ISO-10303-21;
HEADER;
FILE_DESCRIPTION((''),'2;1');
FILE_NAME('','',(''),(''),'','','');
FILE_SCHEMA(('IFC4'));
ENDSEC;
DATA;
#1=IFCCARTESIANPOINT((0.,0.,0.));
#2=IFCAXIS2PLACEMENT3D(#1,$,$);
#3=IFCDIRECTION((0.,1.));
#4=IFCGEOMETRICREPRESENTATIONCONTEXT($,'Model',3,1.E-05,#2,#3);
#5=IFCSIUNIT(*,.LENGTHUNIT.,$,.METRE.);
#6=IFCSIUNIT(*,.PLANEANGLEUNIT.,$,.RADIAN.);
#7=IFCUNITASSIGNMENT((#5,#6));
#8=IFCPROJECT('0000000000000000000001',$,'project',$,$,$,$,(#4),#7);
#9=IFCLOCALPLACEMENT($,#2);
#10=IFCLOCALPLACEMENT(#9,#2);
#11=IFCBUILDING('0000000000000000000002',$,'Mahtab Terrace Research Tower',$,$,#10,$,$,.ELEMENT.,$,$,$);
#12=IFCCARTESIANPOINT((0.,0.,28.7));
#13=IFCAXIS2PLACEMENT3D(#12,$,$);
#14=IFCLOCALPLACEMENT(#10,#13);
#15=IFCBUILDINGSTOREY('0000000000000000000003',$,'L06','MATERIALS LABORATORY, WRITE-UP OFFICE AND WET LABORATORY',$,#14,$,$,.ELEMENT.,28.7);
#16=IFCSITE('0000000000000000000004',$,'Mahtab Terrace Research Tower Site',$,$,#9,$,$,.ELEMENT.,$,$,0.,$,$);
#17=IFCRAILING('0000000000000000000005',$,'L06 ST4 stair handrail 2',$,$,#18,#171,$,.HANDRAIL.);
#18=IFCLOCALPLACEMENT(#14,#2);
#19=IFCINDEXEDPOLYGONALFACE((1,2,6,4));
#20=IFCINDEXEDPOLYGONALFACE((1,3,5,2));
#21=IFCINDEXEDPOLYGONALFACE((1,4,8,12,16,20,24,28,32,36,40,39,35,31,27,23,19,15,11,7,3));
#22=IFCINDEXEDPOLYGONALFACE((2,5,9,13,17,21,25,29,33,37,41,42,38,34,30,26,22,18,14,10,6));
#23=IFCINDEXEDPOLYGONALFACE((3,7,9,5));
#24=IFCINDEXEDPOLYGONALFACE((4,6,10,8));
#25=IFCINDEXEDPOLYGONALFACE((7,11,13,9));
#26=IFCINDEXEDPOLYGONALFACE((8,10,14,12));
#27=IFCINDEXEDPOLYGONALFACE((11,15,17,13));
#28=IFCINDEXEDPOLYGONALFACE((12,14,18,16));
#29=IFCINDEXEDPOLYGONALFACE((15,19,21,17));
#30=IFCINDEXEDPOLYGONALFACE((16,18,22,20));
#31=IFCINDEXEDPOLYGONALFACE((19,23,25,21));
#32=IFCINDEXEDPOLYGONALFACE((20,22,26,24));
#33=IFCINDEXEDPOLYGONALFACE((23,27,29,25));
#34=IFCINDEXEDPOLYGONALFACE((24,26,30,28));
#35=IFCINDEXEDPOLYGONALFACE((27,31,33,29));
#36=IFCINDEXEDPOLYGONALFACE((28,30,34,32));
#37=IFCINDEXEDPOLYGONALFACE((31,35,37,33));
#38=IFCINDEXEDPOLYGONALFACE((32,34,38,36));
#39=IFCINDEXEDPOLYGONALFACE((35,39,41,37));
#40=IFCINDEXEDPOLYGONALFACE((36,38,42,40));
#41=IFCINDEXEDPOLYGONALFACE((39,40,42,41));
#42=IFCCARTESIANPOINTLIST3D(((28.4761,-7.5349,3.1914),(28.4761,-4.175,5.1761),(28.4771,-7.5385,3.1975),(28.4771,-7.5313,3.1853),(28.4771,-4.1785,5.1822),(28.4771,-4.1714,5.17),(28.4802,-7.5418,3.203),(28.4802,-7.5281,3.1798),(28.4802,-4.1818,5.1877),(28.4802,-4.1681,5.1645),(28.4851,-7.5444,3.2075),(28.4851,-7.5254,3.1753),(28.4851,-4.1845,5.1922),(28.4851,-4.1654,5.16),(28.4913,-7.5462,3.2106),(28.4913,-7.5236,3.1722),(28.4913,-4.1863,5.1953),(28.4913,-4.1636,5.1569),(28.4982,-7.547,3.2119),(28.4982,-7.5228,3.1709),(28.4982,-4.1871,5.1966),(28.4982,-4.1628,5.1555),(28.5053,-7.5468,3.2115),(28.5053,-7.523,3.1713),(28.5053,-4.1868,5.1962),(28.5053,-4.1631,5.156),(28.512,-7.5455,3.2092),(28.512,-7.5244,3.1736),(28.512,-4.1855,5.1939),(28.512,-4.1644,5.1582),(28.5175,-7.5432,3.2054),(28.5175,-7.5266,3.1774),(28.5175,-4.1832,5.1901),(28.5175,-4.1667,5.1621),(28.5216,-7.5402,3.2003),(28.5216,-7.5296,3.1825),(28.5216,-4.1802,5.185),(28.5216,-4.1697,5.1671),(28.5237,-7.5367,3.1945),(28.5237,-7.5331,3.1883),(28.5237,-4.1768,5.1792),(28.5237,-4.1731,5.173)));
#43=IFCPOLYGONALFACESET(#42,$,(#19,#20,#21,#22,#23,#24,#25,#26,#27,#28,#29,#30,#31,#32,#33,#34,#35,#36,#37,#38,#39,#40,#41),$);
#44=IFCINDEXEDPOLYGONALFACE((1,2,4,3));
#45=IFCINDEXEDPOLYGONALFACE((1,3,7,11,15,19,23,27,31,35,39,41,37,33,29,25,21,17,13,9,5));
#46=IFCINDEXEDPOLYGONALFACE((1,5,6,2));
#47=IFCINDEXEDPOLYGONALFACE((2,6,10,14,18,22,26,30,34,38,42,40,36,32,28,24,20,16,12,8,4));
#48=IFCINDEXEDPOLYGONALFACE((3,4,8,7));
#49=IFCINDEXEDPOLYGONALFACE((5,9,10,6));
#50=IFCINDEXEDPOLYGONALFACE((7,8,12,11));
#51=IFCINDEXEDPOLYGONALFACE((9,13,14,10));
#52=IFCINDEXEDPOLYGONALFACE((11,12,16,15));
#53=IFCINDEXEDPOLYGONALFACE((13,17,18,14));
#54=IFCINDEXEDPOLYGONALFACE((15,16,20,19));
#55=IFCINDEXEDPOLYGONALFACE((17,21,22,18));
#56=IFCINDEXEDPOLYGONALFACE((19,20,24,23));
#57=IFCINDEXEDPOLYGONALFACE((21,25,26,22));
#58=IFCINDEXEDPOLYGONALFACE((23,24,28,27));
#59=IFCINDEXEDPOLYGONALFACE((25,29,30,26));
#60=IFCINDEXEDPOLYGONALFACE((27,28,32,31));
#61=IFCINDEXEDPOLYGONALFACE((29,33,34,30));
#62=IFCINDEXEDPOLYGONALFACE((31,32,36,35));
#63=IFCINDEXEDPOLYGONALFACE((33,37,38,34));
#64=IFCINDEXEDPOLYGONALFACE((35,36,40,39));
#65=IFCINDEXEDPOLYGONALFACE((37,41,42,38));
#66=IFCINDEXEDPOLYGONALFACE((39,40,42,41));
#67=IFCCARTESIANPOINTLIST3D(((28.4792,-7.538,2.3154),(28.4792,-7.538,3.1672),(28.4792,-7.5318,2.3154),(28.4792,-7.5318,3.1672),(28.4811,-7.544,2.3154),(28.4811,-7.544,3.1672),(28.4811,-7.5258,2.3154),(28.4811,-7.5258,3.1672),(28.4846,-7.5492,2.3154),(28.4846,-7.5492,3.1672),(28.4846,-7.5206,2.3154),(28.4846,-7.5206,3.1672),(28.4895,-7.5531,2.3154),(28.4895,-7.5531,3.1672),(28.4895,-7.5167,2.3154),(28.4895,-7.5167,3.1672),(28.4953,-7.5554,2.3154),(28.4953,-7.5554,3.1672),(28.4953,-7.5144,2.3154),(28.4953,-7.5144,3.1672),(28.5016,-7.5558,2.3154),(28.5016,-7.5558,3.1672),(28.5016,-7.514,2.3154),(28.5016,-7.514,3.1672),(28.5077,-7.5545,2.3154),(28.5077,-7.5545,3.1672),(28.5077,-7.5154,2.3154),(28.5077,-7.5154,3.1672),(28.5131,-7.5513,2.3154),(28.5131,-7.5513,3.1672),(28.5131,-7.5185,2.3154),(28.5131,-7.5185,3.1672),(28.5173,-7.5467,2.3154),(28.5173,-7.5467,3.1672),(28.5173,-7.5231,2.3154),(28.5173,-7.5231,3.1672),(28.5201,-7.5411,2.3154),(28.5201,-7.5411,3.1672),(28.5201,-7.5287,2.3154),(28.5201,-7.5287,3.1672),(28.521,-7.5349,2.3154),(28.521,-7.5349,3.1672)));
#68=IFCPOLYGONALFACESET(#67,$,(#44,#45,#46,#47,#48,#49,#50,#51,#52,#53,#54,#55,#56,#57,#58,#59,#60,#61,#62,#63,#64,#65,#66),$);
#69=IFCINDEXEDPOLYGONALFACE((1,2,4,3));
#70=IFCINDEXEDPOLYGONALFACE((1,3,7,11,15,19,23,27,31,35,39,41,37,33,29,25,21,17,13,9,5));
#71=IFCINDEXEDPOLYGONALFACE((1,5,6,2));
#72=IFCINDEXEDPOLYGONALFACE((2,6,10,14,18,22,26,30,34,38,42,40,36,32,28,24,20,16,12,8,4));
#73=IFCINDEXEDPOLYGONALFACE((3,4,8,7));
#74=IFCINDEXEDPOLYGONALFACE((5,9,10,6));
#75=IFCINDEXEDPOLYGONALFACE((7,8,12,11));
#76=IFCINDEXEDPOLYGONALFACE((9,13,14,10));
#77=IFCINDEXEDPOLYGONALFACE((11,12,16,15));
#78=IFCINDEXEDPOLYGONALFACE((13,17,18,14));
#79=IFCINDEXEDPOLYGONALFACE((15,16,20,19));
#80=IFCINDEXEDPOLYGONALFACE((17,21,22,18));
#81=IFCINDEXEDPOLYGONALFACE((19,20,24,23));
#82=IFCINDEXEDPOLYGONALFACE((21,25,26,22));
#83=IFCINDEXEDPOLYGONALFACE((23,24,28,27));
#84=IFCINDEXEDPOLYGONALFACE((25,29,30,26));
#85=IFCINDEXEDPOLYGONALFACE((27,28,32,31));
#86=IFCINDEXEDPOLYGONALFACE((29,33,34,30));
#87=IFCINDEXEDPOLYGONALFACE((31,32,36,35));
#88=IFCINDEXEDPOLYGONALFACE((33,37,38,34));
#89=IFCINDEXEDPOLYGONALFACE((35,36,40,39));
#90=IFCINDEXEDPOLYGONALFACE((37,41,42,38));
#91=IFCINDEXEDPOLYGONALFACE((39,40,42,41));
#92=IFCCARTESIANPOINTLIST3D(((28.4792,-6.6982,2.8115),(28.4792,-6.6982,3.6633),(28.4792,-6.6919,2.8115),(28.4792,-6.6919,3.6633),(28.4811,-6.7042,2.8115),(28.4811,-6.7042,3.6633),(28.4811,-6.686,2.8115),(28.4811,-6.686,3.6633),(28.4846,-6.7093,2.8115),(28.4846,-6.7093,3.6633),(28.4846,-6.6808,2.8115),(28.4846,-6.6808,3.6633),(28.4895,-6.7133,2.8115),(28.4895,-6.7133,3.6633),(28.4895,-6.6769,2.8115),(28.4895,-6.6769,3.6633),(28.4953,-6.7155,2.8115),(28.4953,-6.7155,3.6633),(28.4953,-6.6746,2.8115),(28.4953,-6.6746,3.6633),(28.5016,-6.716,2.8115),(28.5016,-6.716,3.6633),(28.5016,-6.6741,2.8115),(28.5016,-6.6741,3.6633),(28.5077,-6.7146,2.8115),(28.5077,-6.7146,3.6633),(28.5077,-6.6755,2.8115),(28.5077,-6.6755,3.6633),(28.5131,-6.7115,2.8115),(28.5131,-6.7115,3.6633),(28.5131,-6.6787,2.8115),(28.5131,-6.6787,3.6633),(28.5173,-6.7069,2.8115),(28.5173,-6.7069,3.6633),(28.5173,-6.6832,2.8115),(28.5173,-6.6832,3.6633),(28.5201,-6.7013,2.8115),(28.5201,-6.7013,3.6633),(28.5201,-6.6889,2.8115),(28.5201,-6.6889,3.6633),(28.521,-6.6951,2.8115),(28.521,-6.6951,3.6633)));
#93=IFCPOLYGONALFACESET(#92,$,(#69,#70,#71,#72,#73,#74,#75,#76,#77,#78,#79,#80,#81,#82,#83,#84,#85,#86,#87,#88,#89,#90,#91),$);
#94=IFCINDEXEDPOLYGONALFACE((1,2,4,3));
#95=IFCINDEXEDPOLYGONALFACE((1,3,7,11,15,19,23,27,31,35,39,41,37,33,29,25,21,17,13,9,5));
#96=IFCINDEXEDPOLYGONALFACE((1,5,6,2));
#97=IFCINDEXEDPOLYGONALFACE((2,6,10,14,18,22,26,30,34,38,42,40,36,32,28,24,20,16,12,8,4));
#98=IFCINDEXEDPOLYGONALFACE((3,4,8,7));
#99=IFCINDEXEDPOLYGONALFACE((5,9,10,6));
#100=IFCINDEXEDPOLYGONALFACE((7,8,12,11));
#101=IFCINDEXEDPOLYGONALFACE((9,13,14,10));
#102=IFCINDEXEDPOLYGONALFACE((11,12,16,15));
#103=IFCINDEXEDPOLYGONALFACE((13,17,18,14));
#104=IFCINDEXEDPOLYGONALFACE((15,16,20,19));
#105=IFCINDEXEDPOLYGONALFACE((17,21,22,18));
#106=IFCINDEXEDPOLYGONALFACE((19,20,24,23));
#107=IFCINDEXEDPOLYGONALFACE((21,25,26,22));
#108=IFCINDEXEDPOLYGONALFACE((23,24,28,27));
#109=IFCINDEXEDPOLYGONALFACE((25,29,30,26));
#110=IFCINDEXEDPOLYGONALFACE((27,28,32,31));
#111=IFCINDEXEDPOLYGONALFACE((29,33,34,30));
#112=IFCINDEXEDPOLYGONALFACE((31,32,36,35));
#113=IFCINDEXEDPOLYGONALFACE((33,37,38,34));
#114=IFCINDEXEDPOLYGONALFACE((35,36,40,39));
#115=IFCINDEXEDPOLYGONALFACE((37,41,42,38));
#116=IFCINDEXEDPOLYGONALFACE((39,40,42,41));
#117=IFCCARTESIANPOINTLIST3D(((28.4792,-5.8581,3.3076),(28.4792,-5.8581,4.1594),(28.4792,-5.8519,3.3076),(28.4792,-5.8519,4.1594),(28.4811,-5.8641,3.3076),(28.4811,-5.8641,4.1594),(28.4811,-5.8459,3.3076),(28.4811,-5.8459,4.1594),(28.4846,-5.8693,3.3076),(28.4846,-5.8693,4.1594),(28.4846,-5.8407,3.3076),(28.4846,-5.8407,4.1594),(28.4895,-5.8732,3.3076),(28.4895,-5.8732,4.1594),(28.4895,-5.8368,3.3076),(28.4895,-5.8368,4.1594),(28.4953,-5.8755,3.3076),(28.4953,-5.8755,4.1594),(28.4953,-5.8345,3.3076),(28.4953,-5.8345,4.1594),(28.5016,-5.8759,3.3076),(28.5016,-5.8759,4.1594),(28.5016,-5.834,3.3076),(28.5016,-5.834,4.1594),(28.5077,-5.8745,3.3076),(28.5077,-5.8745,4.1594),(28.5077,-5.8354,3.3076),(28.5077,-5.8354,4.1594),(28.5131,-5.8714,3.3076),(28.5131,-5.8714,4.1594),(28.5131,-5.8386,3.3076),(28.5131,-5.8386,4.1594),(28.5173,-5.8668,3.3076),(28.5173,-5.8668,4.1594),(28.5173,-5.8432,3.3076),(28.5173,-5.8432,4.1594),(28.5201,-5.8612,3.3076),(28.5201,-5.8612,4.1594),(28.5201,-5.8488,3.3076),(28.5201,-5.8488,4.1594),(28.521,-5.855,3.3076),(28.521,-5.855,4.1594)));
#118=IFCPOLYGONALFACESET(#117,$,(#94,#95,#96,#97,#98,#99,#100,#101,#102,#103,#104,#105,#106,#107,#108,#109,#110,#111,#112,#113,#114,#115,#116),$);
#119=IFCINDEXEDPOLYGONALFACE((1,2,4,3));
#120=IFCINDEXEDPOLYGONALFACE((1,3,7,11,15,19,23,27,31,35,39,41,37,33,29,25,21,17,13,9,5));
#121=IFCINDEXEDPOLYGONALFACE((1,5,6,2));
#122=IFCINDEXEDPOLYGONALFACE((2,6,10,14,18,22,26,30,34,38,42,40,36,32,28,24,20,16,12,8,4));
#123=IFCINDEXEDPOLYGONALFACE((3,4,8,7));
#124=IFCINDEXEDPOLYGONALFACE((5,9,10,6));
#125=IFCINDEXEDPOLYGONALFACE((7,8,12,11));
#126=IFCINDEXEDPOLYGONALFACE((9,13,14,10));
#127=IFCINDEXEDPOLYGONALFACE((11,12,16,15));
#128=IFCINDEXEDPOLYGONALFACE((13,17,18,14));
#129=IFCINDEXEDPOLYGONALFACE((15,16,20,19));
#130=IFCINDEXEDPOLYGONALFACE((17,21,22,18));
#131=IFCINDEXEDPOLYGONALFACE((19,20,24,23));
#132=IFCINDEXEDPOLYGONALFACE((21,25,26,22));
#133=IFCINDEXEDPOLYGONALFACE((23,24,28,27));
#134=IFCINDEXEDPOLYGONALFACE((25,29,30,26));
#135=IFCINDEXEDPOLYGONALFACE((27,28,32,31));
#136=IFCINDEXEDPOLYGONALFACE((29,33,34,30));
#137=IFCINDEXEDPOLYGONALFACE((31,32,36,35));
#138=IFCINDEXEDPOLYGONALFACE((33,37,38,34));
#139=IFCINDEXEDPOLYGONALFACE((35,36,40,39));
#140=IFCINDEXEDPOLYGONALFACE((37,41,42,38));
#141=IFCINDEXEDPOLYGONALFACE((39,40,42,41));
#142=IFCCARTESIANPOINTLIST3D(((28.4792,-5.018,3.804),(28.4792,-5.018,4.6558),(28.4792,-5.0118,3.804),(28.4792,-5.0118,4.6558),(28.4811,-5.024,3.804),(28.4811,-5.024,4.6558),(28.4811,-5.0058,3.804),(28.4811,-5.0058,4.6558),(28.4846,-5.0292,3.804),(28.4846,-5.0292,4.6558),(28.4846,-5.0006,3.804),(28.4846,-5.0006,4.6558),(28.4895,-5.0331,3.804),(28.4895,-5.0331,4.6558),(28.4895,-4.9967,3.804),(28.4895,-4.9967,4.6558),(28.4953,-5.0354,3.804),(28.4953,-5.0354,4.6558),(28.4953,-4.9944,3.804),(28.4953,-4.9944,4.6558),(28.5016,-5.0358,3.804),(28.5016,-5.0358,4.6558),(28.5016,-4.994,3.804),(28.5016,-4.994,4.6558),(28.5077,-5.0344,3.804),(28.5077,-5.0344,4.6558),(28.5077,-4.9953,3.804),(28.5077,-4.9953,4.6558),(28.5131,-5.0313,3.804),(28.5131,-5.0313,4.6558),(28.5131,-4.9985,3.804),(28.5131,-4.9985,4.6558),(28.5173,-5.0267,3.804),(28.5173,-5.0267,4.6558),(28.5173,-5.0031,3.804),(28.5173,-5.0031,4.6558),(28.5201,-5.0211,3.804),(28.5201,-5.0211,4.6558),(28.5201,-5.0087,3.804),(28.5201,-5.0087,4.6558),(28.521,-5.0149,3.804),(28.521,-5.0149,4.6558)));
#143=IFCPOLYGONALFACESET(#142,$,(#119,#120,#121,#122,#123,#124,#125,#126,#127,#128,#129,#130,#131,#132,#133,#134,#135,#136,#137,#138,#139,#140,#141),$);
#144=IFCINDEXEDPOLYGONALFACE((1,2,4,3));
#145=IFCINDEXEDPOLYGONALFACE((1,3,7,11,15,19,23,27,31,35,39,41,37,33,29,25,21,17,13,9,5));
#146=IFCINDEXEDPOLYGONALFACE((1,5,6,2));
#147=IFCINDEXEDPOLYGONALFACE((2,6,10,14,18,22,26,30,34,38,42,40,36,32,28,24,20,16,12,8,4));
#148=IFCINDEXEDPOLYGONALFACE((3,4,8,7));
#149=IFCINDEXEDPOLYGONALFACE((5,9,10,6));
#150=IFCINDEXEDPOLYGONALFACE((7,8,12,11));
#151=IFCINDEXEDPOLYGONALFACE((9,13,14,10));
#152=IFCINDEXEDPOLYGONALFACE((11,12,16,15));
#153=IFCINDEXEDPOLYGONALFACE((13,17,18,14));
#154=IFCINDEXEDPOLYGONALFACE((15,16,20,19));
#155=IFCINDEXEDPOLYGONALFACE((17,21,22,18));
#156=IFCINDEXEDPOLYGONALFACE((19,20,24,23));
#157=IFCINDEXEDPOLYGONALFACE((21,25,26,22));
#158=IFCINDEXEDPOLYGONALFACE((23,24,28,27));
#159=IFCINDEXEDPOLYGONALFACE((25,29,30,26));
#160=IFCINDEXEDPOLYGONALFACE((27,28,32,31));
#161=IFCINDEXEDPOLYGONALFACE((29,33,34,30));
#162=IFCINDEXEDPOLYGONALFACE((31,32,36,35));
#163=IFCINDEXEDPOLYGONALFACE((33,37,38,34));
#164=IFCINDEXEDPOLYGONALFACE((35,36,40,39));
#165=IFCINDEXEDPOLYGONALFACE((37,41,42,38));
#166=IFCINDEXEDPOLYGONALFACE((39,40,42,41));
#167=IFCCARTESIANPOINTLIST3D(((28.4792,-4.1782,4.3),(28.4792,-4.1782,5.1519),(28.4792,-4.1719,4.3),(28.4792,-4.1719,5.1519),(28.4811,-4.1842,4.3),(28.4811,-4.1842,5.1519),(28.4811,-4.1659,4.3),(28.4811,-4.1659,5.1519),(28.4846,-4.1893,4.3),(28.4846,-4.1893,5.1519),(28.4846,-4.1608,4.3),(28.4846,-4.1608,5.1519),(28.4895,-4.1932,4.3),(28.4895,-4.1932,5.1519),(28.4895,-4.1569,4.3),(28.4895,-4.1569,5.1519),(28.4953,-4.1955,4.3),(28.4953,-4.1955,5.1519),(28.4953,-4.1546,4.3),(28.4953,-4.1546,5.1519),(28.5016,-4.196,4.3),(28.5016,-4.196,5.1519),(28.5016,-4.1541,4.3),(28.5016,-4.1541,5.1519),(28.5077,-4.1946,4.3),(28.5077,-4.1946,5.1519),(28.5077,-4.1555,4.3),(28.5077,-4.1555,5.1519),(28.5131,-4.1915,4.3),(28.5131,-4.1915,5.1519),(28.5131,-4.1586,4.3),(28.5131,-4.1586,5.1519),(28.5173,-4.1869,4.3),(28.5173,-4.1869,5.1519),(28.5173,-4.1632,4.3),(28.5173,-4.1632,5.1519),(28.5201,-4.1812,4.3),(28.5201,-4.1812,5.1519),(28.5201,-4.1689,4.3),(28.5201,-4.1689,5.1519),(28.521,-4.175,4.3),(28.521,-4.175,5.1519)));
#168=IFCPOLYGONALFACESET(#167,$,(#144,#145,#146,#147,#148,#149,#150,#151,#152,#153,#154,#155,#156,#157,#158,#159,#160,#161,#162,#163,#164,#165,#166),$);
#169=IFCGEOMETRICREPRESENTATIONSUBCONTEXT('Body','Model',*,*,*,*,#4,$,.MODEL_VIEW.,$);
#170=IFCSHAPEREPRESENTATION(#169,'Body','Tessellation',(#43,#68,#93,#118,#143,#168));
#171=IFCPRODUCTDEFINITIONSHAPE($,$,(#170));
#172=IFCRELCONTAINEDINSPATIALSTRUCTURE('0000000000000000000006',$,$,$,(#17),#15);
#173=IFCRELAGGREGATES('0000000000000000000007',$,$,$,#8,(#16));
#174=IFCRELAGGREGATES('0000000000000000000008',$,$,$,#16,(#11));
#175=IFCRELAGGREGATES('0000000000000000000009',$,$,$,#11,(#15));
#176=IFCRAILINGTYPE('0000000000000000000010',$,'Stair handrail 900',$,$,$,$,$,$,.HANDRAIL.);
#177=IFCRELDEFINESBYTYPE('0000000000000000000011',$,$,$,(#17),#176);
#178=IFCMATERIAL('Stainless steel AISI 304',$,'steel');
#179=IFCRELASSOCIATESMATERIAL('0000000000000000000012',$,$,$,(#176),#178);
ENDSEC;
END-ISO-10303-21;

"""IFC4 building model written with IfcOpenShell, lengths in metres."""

from ifc_helpers import new_model, si_unit, direction, frame, origin, origin_2d, place, context, subcontext, project, spatial, circle, extrude, material, type_object, element, save


model = new_model("IFC4")

# Units and contexts
model_context = context("Model", 3, precision=1e-05, world=origin(), true_north=direction((0.0, 1.0)))
body_context = subcontext(model_context, "Body", "Model", "MODEL_VIEW")
ifc_project = project(units=[si_unit("LENGTHUNIT", "METRE"), si_unit("PLANEANGLEUNIT", "RADIAN")], contexts=[model_context])

# Site, building, storey
site_placement = place(None, origin())
site = spatial("IfcSite", under=ifc_project, at=site_placement, Name="Mahtab Terrace Research Tower Site", CompositionType="ELEMENT", RefElevation=0.0)
building_placement = place(site_placement, origin())
building = spatial("IfcBuilding", under=site, at=building_placement, Name="Mahtab Terrace Research Tower", CompositionType="ELEMENT")
storey_placement = place(building_placement, frame((0.0, 0.0, 28.7)))
storey = spatial("IfcBuildingStorey", under=building, at=storey_placement, Name="L06", Description="MATERIALS LABORATORY, WRITE-UP OFFICE AND WET LABORATORY", CompositionType="ELEMENT", Elevation=28.7)

# Shared definitions
ifc_material_1 = material(Name="Stainless steel AISI 304", Category="steel")

# Railing
railing_type_1 = type_object("IfcRailingType", Name="Stair handrail 900", PredefinedType="HANDRAIL", material=ifc_material_1)
railing_1_placement = place(storey_placement, frame((28.5, -7.5349, 2.3154)))
element("IfcRailing", 1, at=railing_1_placement, inside=storey, type_object=railing_type_1, Name="L06 ST4 stair handrail 2", PredefinedType="HANDRAIL", context=body_context, shape_type="SweptSolid", body=[
    extrude(circle(Radius=0.0239, at=origin_2d()), frame((0.0, 0.0, 0.876), z_axis=(0.0, 0.861011, 0.508586), x_axis=(-1.0, 0.0, 0.0)), (0.0, 0.0, 1.0), 3.9023),
    extrude(circle(Radius=0.021, at=origin_2d()), origin(), (0.0, 0.0, 1.0), 0.8518),
    extrude(circle(Radius=0.021, at=origin_2d()), frame((0.0, 0.8398, 0.4961)), (0.0, 0.0, 1.0), 0.8518),
    extrude(circle(Radius=0.021, at=origin_2d()), frame((0.0, 1.6799, 0.9922)), (0.0, 0.0, 1.0), 0.8518),
    extrude(circle(Radius=0.021, at=origin_2d()), frame((0.0, 2.52, 1.4885)), (0.0, 0.0, 1.0), 0.8518),
    extrude(circle(Radius=0.021, at=origin_2d()), frame((0.0, 3.3599, 1.9846)), (0.0, 0.0, 1.0), 0.8518),
])

save(model, "model.ifc")
